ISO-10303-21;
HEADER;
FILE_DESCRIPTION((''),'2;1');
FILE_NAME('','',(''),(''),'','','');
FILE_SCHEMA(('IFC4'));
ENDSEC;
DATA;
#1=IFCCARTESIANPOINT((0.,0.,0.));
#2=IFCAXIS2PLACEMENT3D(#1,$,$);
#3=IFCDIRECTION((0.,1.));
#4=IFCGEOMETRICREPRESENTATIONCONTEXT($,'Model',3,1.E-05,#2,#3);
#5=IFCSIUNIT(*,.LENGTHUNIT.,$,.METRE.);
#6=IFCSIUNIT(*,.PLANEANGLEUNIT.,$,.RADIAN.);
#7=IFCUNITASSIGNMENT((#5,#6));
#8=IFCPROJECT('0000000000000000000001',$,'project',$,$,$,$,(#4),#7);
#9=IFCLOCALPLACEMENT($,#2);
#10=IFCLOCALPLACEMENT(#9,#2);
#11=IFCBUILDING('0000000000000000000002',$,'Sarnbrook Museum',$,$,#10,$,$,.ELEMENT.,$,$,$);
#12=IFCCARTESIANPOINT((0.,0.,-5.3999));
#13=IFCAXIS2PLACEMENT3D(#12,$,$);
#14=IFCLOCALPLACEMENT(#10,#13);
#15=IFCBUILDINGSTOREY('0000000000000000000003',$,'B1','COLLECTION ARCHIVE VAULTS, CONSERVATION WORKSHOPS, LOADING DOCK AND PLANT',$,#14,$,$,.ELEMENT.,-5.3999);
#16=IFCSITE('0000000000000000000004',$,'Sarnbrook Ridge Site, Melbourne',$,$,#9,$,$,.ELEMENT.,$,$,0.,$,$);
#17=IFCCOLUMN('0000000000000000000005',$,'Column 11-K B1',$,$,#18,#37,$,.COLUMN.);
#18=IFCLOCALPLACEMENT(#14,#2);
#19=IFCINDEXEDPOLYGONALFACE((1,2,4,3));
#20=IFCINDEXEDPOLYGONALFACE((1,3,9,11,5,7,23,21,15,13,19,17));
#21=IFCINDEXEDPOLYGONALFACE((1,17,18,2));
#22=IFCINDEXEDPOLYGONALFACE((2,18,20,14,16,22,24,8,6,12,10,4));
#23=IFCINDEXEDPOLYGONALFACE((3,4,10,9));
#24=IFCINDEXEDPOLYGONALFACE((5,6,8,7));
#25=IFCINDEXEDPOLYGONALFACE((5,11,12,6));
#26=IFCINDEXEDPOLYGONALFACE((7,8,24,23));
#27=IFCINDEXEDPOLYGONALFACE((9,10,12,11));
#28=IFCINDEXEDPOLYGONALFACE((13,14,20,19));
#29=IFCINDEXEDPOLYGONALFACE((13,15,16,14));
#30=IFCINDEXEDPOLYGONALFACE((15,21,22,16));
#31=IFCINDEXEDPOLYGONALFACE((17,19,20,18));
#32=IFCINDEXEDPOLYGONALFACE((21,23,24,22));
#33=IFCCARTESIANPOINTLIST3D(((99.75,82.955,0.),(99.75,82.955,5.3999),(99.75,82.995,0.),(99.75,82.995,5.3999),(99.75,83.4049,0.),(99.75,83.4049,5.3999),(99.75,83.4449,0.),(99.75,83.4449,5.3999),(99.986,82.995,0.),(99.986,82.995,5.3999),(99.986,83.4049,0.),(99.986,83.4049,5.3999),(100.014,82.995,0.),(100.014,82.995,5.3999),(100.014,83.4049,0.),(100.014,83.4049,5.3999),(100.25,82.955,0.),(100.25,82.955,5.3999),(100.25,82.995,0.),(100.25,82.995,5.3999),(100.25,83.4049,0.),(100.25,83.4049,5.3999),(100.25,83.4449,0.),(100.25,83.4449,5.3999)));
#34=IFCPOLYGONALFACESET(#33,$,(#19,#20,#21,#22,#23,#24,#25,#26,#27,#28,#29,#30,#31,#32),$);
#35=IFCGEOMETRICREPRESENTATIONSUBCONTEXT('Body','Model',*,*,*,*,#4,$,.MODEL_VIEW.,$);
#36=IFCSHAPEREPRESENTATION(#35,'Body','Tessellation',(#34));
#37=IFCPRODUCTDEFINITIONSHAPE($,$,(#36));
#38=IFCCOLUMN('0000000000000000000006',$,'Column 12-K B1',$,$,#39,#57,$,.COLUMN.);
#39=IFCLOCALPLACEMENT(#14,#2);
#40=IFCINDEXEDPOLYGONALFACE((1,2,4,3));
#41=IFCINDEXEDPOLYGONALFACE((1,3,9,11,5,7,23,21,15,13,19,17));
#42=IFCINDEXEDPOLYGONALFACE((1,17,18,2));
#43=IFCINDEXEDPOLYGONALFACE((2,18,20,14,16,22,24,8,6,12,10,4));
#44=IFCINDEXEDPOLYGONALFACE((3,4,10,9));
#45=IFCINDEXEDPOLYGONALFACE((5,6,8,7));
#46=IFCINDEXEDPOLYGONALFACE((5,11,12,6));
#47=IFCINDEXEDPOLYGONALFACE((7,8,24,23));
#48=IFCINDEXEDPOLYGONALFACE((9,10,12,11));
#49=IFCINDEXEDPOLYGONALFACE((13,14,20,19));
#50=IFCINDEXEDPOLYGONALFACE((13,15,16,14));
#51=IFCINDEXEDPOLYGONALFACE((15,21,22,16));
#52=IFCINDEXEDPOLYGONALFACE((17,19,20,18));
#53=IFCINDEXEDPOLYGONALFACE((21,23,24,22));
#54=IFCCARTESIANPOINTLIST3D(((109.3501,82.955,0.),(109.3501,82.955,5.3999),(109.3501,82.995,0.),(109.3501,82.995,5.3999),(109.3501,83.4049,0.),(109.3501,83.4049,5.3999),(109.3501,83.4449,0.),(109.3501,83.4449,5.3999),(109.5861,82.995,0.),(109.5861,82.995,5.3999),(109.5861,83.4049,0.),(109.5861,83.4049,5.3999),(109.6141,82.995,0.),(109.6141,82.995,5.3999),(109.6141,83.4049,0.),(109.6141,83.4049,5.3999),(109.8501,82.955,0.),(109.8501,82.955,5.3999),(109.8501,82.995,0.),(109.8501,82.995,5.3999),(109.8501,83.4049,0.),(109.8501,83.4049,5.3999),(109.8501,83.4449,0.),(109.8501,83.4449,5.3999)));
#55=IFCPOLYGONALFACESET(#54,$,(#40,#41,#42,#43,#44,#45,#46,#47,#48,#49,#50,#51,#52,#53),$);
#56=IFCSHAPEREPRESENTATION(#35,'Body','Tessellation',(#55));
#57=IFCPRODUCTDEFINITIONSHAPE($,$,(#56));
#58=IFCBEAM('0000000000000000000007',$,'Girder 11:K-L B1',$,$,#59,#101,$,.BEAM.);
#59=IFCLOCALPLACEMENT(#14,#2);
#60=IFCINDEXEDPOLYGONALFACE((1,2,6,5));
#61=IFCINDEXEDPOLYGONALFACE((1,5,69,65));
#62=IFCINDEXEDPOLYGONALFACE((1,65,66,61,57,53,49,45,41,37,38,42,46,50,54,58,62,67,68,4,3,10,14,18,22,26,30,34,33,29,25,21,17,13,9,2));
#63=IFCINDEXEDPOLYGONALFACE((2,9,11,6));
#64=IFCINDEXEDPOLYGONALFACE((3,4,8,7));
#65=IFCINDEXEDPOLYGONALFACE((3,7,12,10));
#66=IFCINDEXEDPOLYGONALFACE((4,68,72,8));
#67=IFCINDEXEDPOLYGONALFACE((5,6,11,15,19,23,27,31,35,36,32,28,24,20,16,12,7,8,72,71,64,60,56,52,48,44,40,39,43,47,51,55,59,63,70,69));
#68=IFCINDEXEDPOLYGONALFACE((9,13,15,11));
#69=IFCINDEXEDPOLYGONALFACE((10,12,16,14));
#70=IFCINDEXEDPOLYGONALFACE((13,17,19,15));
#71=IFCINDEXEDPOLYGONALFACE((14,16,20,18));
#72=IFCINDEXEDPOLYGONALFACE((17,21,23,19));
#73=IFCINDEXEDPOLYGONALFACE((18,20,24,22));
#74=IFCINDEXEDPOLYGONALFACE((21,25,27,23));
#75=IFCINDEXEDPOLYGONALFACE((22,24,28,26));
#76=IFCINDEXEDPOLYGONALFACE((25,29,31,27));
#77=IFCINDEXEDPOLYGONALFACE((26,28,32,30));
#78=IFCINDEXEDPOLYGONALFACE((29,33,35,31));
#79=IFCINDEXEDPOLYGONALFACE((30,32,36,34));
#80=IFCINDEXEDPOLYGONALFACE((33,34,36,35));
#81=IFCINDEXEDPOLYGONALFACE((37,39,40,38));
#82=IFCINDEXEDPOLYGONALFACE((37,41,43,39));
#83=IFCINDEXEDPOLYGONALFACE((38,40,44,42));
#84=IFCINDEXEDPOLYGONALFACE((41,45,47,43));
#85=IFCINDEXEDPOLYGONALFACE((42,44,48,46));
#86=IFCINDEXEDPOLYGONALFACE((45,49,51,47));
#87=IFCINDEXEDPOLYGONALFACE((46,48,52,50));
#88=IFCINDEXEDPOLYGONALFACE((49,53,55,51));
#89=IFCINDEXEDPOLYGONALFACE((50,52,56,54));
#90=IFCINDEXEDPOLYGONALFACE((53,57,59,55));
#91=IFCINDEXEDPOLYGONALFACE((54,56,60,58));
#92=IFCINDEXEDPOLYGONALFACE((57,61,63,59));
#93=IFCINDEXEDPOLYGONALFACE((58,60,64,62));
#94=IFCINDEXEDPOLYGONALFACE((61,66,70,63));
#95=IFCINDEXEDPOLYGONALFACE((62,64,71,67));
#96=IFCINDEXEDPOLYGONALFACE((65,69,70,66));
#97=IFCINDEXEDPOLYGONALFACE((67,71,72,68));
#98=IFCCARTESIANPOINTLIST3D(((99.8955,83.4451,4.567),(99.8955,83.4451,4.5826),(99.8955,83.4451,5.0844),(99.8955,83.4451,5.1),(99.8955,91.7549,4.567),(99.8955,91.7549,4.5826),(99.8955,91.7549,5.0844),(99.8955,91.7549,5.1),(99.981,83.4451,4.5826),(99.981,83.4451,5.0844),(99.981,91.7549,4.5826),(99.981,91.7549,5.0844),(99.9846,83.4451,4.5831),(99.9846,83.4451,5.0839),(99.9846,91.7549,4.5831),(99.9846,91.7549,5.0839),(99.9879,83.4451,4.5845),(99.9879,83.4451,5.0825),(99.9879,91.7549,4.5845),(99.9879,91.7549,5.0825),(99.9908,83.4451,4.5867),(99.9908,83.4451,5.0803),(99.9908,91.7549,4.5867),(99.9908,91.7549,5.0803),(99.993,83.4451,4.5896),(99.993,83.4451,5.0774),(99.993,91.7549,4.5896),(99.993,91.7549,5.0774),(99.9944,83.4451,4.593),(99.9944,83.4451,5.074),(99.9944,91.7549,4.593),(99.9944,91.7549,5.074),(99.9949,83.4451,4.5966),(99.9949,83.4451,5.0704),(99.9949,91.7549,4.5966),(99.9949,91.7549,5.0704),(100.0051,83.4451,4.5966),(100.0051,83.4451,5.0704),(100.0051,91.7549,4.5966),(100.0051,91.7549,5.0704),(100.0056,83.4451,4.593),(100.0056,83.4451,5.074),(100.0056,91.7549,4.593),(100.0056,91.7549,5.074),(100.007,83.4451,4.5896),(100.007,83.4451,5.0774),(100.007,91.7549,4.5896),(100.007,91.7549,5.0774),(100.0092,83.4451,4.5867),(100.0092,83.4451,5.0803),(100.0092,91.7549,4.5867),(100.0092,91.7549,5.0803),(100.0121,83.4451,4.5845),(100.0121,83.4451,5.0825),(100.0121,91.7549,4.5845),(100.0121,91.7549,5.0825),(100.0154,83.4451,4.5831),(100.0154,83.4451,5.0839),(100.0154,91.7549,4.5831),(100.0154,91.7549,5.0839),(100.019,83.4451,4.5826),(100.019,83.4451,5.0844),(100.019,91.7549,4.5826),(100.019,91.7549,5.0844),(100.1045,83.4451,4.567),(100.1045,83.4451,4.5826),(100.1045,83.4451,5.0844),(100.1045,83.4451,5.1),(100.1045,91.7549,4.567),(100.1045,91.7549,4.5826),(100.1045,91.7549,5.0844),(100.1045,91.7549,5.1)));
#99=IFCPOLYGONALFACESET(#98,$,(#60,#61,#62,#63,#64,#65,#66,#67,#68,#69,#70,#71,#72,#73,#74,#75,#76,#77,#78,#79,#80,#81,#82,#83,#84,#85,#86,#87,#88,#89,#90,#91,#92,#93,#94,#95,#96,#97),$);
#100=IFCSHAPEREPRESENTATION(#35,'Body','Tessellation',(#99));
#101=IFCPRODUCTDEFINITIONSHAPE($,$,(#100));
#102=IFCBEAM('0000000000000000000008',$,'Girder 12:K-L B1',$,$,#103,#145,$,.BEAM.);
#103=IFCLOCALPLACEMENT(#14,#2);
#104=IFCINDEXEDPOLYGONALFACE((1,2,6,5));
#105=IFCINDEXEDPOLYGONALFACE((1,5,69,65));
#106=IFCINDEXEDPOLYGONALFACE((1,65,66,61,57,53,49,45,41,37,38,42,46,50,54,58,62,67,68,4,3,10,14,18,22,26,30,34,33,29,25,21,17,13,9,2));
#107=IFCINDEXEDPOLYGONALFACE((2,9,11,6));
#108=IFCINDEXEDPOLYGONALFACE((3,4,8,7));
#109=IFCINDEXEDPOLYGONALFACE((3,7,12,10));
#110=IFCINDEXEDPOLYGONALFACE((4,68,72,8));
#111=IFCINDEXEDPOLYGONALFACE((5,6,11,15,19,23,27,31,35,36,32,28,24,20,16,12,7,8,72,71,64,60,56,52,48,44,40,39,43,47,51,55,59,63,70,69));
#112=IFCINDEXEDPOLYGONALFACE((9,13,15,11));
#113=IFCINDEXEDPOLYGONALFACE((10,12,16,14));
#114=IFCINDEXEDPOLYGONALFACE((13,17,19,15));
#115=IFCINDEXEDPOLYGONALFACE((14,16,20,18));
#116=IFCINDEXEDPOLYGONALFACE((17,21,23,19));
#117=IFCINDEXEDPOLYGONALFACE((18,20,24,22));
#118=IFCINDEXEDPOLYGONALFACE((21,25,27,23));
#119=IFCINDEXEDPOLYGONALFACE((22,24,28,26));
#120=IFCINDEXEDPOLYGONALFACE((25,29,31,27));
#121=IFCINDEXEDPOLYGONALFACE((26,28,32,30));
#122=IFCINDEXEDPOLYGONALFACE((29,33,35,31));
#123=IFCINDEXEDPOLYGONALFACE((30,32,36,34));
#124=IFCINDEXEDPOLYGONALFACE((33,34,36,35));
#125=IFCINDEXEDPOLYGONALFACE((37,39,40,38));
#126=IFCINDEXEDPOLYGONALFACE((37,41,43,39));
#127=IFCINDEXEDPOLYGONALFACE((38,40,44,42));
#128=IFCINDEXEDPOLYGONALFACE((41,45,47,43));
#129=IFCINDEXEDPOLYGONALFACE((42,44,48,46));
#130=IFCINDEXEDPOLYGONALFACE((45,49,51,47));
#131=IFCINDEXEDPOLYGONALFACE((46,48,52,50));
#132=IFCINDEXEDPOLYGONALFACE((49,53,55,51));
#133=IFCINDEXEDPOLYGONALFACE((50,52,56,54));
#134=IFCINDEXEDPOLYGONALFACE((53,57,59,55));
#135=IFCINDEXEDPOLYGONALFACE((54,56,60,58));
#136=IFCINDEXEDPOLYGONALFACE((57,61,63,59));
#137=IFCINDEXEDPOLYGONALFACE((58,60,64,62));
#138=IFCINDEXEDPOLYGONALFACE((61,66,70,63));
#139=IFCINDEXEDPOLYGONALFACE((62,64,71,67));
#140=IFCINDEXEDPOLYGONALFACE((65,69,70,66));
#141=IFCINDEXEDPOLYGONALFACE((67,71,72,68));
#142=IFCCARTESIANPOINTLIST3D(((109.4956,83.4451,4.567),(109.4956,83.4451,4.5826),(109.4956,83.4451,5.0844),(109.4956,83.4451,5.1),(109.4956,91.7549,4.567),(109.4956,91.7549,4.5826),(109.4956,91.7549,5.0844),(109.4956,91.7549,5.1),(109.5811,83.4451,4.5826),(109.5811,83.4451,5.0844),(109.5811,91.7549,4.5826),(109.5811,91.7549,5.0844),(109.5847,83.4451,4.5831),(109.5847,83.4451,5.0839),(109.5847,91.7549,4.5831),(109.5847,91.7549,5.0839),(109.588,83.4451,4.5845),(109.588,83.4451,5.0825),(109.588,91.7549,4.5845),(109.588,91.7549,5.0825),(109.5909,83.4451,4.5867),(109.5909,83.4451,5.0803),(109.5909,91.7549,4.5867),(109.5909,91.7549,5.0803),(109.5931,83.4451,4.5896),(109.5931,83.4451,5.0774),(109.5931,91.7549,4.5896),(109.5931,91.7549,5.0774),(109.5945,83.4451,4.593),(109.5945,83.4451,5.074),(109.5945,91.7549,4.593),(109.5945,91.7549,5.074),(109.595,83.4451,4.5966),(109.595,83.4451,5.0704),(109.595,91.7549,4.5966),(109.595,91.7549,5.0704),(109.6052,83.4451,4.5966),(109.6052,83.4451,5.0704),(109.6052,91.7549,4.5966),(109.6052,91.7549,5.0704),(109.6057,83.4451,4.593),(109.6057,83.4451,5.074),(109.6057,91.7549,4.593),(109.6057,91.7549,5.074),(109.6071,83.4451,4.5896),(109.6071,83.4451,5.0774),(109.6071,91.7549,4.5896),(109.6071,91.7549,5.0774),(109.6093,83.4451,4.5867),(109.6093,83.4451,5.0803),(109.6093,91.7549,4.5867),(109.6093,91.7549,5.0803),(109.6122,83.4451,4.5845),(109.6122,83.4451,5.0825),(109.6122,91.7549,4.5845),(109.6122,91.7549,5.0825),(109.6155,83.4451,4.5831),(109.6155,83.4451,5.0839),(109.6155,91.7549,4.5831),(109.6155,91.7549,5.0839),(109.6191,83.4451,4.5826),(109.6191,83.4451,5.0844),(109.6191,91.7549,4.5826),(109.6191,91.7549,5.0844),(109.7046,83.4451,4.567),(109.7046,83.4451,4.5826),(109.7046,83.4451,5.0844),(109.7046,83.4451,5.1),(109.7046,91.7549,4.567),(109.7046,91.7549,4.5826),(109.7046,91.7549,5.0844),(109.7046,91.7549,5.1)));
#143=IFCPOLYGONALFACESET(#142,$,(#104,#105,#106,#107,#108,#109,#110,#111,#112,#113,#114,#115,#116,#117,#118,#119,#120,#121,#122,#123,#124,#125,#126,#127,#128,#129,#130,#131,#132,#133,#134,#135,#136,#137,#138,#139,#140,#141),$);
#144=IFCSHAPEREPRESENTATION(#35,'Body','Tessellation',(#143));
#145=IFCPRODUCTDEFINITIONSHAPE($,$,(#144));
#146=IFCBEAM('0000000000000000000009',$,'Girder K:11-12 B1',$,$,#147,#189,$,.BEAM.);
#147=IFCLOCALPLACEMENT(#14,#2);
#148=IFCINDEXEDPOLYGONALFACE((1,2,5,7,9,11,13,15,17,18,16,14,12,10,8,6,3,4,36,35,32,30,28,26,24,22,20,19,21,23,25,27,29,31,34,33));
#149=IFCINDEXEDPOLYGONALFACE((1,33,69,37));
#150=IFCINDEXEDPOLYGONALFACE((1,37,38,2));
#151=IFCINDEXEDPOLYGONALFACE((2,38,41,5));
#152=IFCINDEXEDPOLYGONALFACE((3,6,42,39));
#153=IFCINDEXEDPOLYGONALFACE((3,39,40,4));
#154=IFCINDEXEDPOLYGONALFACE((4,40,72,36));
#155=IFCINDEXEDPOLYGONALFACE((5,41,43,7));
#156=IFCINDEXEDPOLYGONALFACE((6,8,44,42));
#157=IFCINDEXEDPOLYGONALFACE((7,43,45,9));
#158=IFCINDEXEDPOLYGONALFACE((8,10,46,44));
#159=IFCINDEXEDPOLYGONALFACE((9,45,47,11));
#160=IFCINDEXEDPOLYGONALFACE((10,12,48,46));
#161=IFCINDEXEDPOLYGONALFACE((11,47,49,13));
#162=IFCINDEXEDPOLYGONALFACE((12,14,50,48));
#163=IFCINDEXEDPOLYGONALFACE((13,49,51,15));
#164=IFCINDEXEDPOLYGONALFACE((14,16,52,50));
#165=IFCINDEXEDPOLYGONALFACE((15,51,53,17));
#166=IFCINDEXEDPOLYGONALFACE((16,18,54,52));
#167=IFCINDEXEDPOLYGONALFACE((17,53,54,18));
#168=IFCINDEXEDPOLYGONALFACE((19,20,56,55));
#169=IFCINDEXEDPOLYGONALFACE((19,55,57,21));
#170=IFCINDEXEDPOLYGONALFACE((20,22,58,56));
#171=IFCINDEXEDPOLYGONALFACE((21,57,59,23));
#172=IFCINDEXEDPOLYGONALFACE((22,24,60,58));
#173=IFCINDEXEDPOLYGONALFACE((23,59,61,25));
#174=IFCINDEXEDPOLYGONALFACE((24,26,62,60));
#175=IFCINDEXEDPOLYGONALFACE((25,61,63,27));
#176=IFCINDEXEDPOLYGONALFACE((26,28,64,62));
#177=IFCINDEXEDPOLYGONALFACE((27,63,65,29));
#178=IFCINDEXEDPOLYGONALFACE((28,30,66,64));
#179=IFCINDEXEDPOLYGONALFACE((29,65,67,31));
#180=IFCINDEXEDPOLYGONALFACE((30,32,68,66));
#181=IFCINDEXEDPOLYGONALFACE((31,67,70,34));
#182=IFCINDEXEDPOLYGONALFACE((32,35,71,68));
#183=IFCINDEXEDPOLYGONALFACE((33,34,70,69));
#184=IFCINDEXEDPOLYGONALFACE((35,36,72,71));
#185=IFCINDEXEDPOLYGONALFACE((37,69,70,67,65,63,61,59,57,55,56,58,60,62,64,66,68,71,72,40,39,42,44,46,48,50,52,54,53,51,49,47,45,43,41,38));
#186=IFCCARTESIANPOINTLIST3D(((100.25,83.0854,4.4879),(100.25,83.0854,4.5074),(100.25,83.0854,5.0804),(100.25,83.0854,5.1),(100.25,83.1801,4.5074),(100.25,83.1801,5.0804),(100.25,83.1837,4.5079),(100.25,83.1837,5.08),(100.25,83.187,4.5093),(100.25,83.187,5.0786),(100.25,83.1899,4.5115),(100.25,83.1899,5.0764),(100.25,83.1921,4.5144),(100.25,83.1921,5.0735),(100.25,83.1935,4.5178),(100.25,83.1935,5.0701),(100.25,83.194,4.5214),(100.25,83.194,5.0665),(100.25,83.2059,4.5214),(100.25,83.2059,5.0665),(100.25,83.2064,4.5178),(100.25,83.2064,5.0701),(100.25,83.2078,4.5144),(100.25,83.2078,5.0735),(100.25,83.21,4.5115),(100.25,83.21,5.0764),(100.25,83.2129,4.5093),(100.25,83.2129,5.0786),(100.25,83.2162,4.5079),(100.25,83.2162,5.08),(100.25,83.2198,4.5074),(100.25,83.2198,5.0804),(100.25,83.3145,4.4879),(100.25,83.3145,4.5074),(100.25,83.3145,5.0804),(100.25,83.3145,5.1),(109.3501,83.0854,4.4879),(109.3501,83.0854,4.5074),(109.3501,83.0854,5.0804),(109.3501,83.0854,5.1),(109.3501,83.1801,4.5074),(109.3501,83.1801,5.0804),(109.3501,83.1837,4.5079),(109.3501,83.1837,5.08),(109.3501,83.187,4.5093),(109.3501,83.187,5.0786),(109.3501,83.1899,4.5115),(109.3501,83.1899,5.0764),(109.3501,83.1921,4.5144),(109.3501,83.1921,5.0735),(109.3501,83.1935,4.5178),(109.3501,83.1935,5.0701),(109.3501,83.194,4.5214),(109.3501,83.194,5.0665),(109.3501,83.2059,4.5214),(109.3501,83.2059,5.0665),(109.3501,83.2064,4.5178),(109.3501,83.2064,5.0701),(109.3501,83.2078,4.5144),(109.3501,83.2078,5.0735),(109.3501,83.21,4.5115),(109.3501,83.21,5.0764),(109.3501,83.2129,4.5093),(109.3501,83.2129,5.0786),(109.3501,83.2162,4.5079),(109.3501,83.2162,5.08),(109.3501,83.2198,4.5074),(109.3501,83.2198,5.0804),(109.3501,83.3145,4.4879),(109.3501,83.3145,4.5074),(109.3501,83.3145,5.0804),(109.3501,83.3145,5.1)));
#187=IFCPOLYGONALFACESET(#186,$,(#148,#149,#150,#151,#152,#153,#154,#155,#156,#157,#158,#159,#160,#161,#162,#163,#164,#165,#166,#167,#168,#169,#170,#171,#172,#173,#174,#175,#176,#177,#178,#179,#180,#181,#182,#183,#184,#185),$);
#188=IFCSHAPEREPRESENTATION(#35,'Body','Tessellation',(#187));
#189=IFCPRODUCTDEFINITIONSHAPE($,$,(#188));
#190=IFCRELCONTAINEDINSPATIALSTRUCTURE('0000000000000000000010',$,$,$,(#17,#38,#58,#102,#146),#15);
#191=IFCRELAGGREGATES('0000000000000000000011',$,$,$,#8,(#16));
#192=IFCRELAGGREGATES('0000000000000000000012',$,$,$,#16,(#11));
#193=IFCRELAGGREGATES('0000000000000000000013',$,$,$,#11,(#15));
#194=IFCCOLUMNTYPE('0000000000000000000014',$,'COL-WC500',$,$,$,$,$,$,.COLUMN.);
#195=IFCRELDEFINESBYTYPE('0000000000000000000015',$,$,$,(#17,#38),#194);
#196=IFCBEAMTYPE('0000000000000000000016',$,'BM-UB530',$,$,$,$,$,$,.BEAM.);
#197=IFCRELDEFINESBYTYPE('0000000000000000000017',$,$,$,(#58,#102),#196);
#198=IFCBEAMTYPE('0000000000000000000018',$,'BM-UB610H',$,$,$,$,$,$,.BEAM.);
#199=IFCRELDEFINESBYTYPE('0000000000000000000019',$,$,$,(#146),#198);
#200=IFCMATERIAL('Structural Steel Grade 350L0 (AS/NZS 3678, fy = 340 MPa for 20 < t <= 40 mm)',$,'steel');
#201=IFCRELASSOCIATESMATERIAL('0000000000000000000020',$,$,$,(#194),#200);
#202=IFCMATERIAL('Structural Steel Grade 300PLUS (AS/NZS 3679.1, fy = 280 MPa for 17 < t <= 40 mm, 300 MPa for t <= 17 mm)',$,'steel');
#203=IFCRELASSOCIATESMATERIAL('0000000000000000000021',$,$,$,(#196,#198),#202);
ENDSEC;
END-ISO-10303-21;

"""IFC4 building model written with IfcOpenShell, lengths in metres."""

from ifc_helpers import new_model, si_unit, direction, frame, origin, origin_2d, place, context, subcontext, project, spatial, i_section, extrude, material, material_profile, profile_set, type_object, element, save


model = new_model("IFC4")

# Units and contexts
model_context = context("Model", 3, precision=1e-05, world=origin(), true_north=direction((0.0, 1.0)))
body_context = subcontext(model_context, "Body", "Model", "MODEL_VIEW")
ifc_project = project(units=[si_unit("LENGTHUNIT", "METRE"), si_unit("PLANEANGLEUNIT", "RADIAN")], contexts=[model_context])

# Site, building, storey
site_placement = place(None, origin())
site = spatial("IfcSite", under=ifc_project, at=site_placement, Name="Sarnbrook Ridge Site, Melbourne", CompositionType="ELEMENT", RefElevation=0.0)
building_placement = place(site_placement, origin())
building = spatial("IfcBuilding", under=site, at=building_placement, Name="Sarnbrook Museum", CompositionType="ELEMENT")
storey_placement = place(building_placement, frame((0.0, 0.0, -5.3999)))
storey = spatial("IfcBuildingStorey", under=building, at=storey_placement, Name="B1", Description="COLLECTION ARCHIVE VAULTS, CONSERVATION WORKSHOPS, LOADING DOCK AND PLANT", CompositionType="ELEMENT", Elevation=-5.3999)

# Columns
ifc_material_1 = material(Name="Structural Steel Grade 350L0 (AS/NZS 3678, fy = 340 MPa for 20 < t <= 40 mm)", Category="steel")
ifc_material_profile_1 = material_profile(ifc_material_1, i_section(OverallWidth=0.5, OverallDepth=0.49, WebThickness=0.0281, FlangeThickness=0.04, at=origin_2d()), Name="500WC340")
ifc_profile_set_1 = profile_set([ifc_material_profile_1], Name="Structural Steel Grade 350L0 (AS/NZS 3678, fy = 340 MPa for 20 < t <= 40 mm)")
column_type = type_object("IfcColumnType", Name="COL-WC500", PredefinedType="COLUMN", material=ifc_profile_set_1)
for number, where, z_axis, x_axis, name in (
    (1, (100.0, 83.2, 0.0), (0.0, 0.0, 1.0), (1.0, 0.0, 0.0), "Column 11-K B1"),
    (2, (109.6001, 83.2, 0.0), (0.0, 0.0, 1.0), (1.0, 0.0, 0.0), "Column 12-K B1"),
):
    element("IfcColumn", number, at=place(storey_placement, frame(where, z_axis=z_axis, x_axis=x_axis)), inside=storey, type_object=column_type, Name=name, PredefinedType="COLUMN", context=body_context, shape_type="SweptSolid", body=[
        extrude(i_section(OverallWidth=0.5, OverallDepth=0.49, WebThickness=0.0281, FlangeThickness=0.04, at=origin_2d()), origin(), (0.0, 0.0, 1.0), 5.3999),
    ])

# Beams
ifc_material_2 = material(Name="Structural Steel Grade 300PLUS (AS/NZS 3679.1, fy = 280 MPa for 17 < t <= 40 mm, 300 MPa for t <= 17 mm)", Category="steel")
ifc_material_profile_2 = material_profile(ifc_material_2, i_section(OverallWidth=0.209, OverallDepth=0.533, WebThickness=0.0103, FlangeThickness=0.0156, FilletRadius=0.0139, at=origin_2d()), Name="530UB92.4")
ifc_profile_set_2 = profile_set([ifc_material_profile_2], Name="Structural Steel Grade 300PLUS (AS/NZS 3679.1, fy = 280 MPa for 17 < t <= 40 mm, 300 MPa for t <= 17 mm)")
beam_type_1 = type_object("IfcBeamType", Name="BM-UB530", PredefinedType="BEAM", material=ifc_profile_set_2)
for number, where, z_axis, x_axis, name in (
    (3, (100.0, 83.4451, 4.8335), (0.0, 1.0, 0.0), (-1.0, 0.0, 0.0), "Girder 11:K-L B1"),
    (4, (109.6001, 83.4451, 4.8335), (0.0, 1.0, 0.0), (-1.0, 0.0, 0.0), "Girder 12:K-L B1"),
):
    element("IfcBeam", number, at=place(storey_placement, frame(where, z_axis=z_axis, x_axis=x_axis)), inside=storey, type_object=beam_type_1, Name=name, PredefinedType="BEAM", context=body_context, shape_type="SweptSolid", body=[
        extrude(i_section(OverallWidth=0.209, OverallDepth=0.533, WebThickness=0.0103, FlangeThickness=0.0156, FilletRadius=0.0139, at=origin_2d()), origin(), (0.0, 0.0, 1.0), 8.3098),
    ])
ifc_material_profile_3 = material_profile(ifc_material_2, i_section(OverallWidth=0.229, OverallDepth=0.6121, WebThickness=0.012, FlangeThickness=0.0195, FilletRadius=0.0139, at=origin_2d()), Name="610UB125")
ifc_profile_set_3 = profile_set([ifc_material_profile_3], Name="Structural Steel Grade 300PLUS (AS/NZS 3679.1, fy = 280 MPa for 17 < t <= 40 mm, 300 MPa for t <= 17 mm)")
beam_type_2 = type_object("IfcBeamType", Name="BM-UB610H", PredefinedType="BEAM", material=ifc_profile_set_3)
beam_1_placement = place(storey_placement, frame((100.25, 83.2, 4.7939), z_axis=(1.0, 0.0, 0.0), x_axis=(0.0, 1.0, 0.0)))
element("IfcBeam", 5, at=beam_1_placement, inside=storey, type_object=beam_type_2, Name="Girder K:11-12 B1", PredefinedType="BEAM", context=body_context, shape_type="SweptSolid", body=[
    extrude(i_section(OverallWidth=0.229, OverallDepth=0.6121, WebThickness=0.012, FlangeThickness=0.0195, FilletRadius=0.0139, at=origin_2d()), origin(), (0.0, 0.0, 1.0), 9.1001),
])

save(model, "model.ifc")
